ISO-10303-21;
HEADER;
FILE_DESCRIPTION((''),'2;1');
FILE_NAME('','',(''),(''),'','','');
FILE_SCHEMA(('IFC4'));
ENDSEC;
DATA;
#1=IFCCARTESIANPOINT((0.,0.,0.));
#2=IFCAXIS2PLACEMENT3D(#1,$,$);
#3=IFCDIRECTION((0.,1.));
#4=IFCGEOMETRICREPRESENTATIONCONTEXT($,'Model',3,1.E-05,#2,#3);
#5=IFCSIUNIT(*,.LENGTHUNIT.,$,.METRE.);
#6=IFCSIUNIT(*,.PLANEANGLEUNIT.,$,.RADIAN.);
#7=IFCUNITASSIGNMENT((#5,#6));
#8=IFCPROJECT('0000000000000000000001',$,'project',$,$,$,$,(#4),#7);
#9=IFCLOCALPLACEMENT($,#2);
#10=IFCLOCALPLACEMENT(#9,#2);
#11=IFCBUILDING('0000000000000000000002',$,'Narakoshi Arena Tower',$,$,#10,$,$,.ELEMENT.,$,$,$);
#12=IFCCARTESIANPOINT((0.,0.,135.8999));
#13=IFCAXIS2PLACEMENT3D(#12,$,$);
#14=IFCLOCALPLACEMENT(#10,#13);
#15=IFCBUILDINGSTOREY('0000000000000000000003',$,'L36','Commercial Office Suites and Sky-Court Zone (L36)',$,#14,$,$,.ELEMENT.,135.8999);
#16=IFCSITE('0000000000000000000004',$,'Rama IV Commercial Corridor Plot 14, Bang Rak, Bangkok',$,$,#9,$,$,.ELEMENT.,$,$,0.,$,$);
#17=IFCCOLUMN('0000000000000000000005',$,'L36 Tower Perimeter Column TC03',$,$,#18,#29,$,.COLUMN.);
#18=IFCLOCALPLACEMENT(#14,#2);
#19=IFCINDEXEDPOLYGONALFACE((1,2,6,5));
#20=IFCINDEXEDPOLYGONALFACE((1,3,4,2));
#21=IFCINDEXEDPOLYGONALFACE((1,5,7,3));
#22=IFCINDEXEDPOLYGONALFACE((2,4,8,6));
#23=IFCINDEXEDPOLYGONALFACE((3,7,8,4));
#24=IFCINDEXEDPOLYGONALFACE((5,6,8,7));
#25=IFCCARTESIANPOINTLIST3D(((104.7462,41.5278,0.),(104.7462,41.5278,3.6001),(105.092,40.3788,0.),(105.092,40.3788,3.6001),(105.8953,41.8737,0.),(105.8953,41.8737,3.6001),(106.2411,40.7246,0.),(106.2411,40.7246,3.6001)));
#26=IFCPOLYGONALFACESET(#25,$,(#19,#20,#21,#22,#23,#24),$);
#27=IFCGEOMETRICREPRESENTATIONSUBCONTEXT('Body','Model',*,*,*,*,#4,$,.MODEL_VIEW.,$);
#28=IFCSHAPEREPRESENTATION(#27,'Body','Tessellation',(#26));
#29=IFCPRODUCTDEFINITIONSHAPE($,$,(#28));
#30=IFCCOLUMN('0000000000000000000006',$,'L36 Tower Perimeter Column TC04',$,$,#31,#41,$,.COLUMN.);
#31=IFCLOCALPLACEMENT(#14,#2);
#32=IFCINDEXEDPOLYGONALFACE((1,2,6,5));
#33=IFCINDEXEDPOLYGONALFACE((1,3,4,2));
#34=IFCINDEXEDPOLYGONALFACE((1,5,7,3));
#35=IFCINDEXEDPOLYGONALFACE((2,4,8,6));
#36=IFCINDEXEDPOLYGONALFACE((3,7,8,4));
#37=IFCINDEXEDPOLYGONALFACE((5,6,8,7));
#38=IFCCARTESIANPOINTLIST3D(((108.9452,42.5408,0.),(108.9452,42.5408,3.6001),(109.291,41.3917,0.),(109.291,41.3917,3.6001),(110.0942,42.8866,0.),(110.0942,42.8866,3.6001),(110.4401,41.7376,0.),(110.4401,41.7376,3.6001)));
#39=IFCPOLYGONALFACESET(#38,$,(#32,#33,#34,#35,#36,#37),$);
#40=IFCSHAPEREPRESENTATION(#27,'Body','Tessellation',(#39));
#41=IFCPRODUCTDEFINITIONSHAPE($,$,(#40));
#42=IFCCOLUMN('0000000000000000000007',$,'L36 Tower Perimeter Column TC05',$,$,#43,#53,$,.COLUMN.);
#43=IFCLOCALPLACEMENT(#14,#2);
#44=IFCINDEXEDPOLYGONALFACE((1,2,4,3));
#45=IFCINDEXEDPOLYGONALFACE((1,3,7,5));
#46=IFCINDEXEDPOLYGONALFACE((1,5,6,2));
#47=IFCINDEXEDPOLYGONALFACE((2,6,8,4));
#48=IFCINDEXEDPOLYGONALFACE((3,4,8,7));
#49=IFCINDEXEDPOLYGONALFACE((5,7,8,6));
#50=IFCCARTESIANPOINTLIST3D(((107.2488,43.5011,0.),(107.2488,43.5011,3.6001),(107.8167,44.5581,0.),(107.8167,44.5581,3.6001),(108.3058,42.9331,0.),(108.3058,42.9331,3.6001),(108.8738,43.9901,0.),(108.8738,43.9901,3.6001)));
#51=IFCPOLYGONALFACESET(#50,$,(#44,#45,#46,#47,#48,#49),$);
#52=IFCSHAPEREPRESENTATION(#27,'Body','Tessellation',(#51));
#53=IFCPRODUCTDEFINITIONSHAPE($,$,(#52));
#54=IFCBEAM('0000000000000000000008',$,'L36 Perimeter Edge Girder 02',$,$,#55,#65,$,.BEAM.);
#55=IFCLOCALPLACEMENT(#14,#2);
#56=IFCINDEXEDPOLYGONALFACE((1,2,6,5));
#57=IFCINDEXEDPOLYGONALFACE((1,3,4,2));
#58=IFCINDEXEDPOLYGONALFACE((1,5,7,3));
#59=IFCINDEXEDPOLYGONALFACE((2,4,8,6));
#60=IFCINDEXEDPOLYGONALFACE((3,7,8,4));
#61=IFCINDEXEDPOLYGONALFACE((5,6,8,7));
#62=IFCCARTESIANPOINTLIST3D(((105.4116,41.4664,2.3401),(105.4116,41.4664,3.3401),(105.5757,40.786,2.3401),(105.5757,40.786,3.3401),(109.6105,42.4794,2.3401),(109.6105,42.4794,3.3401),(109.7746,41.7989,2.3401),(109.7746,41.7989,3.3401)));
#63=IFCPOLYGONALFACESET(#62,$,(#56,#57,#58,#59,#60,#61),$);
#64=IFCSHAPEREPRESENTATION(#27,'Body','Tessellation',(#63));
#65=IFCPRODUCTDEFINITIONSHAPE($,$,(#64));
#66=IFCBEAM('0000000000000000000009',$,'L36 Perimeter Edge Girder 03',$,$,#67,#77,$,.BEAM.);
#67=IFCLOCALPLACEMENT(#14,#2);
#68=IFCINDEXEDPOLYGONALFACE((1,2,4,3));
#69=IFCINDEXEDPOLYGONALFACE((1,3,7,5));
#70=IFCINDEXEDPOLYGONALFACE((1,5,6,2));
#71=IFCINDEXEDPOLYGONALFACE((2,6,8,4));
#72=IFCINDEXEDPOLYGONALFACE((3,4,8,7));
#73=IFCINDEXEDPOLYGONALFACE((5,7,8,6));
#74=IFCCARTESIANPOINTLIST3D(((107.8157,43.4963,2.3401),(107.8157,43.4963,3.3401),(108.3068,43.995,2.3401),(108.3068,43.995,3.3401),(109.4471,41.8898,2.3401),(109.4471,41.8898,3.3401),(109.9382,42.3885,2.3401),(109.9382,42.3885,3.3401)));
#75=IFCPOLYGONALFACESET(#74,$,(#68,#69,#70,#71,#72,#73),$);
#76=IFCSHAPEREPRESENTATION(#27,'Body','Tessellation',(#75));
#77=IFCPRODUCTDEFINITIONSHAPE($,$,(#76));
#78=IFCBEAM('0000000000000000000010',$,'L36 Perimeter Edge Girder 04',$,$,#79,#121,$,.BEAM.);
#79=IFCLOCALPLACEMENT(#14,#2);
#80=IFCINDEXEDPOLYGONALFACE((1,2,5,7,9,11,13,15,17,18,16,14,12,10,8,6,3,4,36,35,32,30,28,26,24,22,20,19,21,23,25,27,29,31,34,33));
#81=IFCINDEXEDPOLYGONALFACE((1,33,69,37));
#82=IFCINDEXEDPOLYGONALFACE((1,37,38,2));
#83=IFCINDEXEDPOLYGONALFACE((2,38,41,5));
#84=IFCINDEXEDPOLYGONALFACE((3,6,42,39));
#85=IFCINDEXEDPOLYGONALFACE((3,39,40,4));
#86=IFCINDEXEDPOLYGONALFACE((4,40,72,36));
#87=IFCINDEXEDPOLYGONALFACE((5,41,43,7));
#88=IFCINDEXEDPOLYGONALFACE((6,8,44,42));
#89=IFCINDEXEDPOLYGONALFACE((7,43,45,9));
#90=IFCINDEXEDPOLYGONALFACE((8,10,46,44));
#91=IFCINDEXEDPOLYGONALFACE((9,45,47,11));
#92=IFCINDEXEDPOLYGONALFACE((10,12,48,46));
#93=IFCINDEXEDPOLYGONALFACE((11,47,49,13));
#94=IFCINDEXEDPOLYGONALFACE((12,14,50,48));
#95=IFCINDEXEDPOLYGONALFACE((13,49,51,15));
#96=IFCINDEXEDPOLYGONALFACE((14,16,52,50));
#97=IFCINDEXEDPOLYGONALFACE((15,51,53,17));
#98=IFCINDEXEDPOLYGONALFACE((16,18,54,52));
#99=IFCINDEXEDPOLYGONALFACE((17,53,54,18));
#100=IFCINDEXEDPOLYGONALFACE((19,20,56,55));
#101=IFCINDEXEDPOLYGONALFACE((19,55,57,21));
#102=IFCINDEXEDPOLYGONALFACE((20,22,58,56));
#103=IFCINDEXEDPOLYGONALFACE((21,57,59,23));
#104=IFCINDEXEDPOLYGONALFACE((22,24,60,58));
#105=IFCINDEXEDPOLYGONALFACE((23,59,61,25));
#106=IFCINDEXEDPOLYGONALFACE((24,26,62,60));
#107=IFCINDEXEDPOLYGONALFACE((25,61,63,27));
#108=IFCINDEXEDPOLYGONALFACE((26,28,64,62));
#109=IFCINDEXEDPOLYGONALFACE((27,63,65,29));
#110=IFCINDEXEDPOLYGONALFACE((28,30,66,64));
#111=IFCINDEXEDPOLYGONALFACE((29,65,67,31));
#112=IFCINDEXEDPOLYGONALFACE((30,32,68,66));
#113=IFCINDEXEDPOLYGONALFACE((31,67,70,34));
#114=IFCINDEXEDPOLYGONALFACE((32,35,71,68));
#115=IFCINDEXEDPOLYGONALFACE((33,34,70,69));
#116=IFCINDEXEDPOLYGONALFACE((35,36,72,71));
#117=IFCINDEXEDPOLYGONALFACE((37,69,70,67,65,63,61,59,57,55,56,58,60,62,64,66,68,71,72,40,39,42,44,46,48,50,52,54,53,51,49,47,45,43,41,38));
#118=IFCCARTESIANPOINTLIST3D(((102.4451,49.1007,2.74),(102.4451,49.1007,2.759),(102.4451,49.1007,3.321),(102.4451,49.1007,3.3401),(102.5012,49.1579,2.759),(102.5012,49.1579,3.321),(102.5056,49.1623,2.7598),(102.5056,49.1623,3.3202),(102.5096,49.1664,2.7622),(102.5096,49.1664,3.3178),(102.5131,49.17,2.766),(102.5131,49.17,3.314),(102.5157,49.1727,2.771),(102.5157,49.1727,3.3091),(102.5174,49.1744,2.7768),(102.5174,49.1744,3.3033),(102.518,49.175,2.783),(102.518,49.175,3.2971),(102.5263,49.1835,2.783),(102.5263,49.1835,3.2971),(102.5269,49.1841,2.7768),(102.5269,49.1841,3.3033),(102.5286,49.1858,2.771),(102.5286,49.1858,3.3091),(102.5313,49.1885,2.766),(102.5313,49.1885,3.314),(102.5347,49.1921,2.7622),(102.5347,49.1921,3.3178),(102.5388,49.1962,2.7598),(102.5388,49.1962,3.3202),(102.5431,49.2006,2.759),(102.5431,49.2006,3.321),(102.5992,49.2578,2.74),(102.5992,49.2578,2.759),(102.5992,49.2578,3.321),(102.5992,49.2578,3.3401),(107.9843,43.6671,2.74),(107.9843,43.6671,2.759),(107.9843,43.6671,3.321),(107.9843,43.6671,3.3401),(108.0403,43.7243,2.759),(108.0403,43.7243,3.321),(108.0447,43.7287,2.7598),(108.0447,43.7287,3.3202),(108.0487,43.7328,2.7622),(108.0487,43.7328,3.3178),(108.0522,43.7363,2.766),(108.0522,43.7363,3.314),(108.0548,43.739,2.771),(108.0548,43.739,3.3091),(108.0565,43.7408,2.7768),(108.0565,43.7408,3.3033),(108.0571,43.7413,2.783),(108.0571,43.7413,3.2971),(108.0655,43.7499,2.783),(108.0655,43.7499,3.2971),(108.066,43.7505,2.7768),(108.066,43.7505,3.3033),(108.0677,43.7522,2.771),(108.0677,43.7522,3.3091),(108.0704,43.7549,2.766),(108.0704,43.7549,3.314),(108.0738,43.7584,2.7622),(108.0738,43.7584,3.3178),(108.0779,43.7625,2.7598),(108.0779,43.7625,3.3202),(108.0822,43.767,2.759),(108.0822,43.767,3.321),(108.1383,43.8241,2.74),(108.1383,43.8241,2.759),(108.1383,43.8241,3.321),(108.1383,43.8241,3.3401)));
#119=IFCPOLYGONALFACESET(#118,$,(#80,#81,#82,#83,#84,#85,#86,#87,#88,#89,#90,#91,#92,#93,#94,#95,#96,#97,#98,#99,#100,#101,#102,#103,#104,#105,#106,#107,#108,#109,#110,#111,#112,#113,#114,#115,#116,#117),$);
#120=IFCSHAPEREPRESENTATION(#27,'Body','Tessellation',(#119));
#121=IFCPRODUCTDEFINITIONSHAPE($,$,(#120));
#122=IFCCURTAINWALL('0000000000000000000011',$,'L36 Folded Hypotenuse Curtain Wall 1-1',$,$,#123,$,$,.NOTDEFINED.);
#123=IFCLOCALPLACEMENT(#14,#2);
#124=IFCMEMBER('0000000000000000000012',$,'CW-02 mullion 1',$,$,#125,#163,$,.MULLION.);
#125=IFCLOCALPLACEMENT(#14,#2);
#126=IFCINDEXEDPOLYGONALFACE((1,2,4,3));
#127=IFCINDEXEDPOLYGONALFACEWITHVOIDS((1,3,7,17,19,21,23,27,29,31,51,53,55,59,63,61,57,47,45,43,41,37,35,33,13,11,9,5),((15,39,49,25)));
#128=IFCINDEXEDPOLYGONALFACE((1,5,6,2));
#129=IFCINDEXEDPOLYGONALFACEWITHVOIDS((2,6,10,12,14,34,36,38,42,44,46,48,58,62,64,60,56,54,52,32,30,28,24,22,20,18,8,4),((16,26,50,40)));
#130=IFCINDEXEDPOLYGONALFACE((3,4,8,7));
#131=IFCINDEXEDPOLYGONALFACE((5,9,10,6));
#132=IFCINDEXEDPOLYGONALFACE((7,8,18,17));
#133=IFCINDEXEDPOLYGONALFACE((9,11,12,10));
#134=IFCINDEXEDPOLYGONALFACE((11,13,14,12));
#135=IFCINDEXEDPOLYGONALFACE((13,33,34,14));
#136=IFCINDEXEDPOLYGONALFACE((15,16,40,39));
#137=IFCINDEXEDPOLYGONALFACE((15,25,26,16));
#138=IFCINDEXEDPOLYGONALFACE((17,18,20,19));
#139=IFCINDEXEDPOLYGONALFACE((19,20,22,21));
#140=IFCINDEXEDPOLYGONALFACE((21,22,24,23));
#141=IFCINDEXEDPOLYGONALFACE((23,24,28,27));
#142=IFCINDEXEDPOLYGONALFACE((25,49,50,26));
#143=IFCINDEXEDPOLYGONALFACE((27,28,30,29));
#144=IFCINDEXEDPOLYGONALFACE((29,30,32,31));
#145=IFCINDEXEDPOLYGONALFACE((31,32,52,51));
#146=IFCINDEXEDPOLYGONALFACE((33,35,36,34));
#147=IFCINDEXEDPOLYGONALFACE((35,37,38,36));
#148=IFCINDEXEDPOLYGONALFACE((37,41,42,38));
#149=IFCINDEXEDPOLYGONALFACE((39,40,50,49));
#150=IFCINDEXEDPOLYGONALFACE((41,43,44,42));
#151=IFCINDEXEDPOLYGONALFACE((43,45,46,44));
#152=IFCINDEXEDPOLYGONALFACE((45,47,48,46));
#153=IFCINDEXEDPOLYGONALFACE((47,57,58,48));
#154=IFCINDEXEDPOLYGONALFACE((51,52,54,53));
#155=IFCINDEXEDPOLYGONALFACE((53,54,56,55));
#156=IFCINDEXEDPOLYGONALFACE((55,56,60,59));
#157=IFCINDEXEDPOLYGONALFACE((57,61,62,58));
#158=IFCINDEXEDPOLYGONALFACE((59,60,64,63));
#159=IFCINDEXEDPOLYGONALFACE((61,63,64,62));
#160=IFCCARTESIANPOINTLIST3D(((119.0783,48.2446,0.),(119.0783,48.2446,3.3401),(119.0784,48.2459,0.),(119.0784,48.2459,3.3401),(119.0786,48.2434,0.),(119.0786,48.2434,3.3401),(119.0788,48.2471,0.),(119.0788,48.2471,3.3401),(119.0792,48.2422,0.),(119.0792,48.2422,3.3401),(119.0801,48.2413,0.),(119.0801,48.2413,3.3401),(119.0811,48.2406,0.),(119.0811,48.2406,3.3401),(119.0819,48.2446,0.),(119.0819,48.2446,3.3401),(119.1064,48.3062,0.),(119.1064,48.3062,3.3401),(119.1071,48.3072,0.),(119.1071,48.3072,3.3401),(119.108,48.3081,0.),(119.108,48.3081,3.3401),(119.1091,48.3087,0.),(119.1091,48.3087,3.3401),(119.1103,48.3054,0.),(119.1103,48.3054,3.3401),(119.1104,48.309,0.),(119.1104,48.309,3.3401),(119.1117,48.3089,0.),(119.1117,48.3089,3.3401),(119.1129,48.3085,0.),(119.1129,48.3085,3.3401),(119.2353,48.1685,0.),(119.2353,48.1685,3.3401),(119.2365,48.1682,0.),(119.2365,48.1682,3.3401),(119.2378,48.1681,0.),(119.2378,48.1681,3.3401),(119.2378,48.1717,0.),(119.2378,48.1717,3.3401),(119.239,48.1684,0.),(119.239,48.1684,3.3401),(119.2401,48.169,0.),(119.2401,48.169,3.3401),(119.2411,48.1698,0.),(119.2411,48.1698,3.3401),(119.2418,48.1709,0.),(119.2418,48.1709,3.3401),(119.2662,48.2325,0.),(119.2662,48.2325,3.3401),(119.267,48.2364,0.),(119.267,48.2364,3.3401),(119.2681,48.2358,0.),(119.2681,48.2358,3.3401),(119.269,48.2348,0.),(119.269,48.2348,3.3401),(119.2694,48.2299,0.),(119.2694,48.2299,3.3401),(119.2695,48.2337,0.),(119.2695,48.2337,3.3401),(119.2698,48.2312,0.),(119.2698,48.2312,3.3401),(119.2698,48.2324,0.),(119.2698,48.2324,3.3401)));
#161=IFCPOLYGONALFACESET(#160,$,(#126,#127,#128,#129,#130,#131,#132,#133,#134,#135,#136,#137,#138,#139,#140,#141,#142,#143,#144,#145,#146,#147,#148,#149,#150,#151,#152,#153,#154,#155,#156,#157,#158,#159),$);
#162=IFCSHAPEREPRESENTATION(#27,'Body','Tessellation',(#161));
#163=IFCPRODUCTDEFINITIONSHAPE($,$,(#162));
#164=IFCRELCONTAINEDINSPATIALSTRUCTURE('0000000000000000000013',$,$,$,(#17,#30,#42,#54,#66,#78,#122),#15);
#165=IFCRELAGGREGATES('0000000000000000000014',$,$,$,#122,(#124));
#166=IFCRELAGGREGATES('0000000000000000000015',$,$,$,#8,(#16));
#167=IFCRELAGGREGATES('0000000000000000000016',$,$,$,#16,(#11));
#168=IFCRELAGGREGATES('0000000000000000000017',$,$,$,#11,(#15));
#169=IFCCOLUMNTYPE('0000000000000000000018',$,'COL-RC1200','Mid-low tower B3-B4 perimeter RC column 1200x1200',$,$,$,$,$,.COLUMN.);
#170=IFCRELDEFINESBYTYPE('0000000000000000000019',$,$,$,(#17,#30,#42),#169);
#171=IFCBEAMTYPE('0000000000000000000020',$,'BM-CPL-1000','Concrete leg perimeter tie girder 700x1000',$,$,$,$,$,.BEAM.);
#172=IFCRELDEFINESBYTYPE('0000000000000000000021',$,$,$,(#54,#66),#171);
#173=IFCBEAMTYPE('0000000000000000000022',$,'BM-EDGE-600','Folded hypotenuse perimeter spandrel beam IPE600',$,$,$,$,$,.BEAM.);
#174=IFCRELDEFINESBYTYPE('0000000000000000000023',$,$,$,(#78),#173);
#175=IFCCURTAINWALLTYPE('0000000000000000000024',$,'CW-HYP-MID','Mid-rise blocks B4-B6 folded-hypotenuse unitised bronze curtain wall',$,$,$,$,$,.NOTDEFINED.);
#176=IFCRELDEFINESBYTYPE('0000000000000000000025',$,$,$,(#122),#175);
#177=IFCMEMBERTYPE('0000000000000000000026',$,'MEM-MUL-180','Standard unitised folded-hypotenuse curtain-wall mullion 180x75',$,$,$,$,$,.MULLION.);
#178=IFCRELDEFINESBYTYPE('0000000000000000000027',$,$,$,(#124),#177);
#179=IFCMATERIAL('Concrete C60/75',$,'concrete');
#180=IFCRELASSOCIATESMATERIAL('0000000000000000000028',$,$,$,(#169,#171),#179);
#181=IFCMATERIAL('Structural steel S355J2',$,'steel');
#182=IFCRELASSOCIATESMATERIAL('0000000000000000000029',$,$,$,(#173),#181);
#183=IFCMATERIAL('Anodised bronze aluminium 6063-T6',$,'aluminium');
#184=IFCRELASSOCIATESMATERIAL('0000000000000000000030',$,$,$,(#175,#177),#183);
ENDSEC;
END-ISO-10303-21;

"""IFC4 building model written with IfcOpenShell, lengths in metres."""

from ifc_helpers import new_model, si_unit, direction, frame, origin, origin_2d, place, context, subcontext, project, spatial, rectangle, hollow_rectangle, i_section, extrude, material, material_profile, profile_set, type_object, element, aggregate, save


model = new_model("IFC4")

# Units and contexts
model_context = context("Model", 3, precision=1e-05, world=origin(), true_north=direction((0.0, 1.0)))
body_context = subcontext(model_context, "Body", "Model", "MODEL_VIEW")
ifc_project = project(units=[si_unit("LENGTHUNIT", "METRE"), si_unit("PLANEANGLEUNIT", "RADIAN")], contexts=[model_context])

# Site, building, storey
site_placement = place(None, origin())
site = spatial("IfcSite", under=ifc_project, at=site_placement, Name="Rama IV Commercial Corridor Plot 14, Bang Rak, Bangkok", CompositionType="ELEMENT", RefElevation=0.0)
building_placement = place(site_placement, origin())
building = spatial("IfcBuilding", under=site, at=building_placement, Name="Narakoshi Arena Tower", CompositionType="ELEMENT")
storey_placement = place(building_placement, frame((0.0, 0.0, 135.8999)))
storey = spatial("IfcBuildingStorey", under=building, at=storey_placement, Name="L36", Description="Commercial Office Suites and Sky-Court Zone (L36)", CompositionType="ELEMENT", Elevation=135.8999)

# Columns
ifc_material_1 = material(Name="Concrete C60/75", Category="concrete")
ifc_material_profile_1 = material_profile(ifc_material_1, rectangle(XDim=1.2, YDim=1.2, at=origin_2d()), Name="RC1200x1200")
ifc_profile_set_1 = profile_set([ifc_material_profile_1], Name="Concrete C60/75")
column_type = type_object("IfcColumnType", Name="COL-RC1200", Description="Mid-low tower B3-B4 perimeter RC column 1200x1200", PredefinedType="COLUMN", material=ifc_profile_set_1)
for number, where, z_axis, x_axis, name in (
    (1, (105.4937, 41.1262, 0.0), (0.0, 0.0, 1.0), (0.957571, 0.288196, 0.0), "L36 Tower Perimeter Column TC03"),
    (2, (109.6926, 42.1392, 0.0), (0.0, 0.0, 1.0), (0.957571, 0.288196, 0.0), "L36 Tower Perimeter Column TC04"),
    (3, (108.0613, 43.7456, 0.0), (0.0, 0.0, 1.0), (0.47332, 0.880891, 0.0), "L36 Tower Perimeter Column TC05"),
):
    element("IfcColumn", number, at=place(storey_placement, frame(where, z_axis=z_axis, x_axis=x_axis)), inside=storey, type_object=column_type, Name=name, PredefinedType="COLUMN", context=body_context, shape_type="SweptSolid", body=[
        extrude(rectangle(XDim=1.2, YDim=1.2, at=origin_2d()), origin(), (0.0, 0.0, 1.0), 3.6001),
    ])

# Beams
ifc_material_profile_2 = material_profile(ifc_material_1, rectangle(XDim=0.7, YDim=1.0, at=origin_2d()), Name="RCB700x1000")
ifc_profile_set_2 = profile_set([ifc_material_profile_2], Name="Concrete C60/75")
beam_type_1 = type_object("IfcBeamType", Name="BM-CPL-1000", Description="Concrete leg perimeter tie girder 700x1000", PredefinedType="BEAM", material=ifc_profile_set_2)
beam_1_placement = place(storey_placement, frame((105.4937, 41.1262, 2.8401), z_axis=(0.972114, 0.234508, 0.0), x_axis=(-0.234508, 0.972114, 0.0)))
element("IfcBeam", 4, at=beam_1_placement, inside=storey, type_object=beam_type_1, Name="L36 Perimeter Edge Girder 02", PredefinedType="BEAM", context=body_context, shape_type="SweptSolid", body=[
    extrude(rectangle(XDim=0.7, YDim=1.0, at=origin_2d()), origin(), (0.0, 0.0, 1.0), 4.3193),
])
beam_2_placement = place(storey_placement, frame((109.6926, 42.1392, 2.8401), z_axis=(-0.712524, 0.701648, 0.0), x_axis=(-0.701648, -0.712524, 0.0)))
element("IfcBeam", 5, at=beam_2_placement, inside=storey, type_object=beam_type_1, Name="L36 Perimeter Edge Girder 03", PredefinedType="BEAM", context=body_context, shape_type="SweptSolid", body=[
    extrude(rectangle(XDim=0.7, YDim=1.0, at=origin_2d()), origin(), (0.0, 0.0, 1.0), 2.2896),
])
ifc_material_2 = material(Name="Structural steel S355J2", Category="steel")
ifc_material_profile_3 = material_profile(ifc_material_2, i_section(OverallWidth=0.22, OverallDepth=0.6001, WebThickness=0.012, FlangeThickness=0.019, FilletRadius=0.0239, at=origin_2d()), Name="IPE600")
ifc_profile_set_3 = profile_set([ifc_material_profile_3], Name="Structural steel S355J2")
beam_type_2 = type_object("IfcBeamType", Name="BM-EDGE-600", Description="Folded hypotenuse perimeter spandrel beam IPE600", PredefinedType="BEAM", material=ifc_profile_set_3)
beam_3_placement = place(storey_placement, frame((108.0613, 43.7456, 3.04), z_axis=(-0.71387, 0.700278, 0.0), x_axis=(-0.700278, -0.71387, 0.0)))
element("IfcBeam", 6, at=beam_3_placement, inside=storey, type_object=beam_type_2, Name="L36 Perimeter Edge Girder 04", PredefinedType="BEAM", context=body_context, shape_type="SweptSolid", body=[
    extrude(i_section(OverallWidth=0.22, OverallDepth=0.6001, WebThickness=0.012, FlangeThickness=0.019, FilletRadius=0.0239, at=origin_2d()), origin(), (0.0, 0.0, 1.0), 7.7593),
])

# Curtain wall, member
ifc_material_3 = material(Name="Anodised bronze aluminium 6063-T6", Category="aluminium")
curtain_wall_type = type_object("IfcCurtainWallType", Name="CW-HYP-MID", Description="Mid-rise blocks B4-B6 folded-hypotenuse unitised bronze curtain wall", PredefinedType="NOTDEFINED", material=ifc_material_3)
curtain_wall_placement = place(storey_placement, origin())
curtain_wall = element("IfcCurtainWall", 7, at=curtain_wall_placement, inside=storey, type_object=curtain_wall_type, Name="L36 Folded Hypotenuse Curtain Wall 1-1", PredefinedType="NOTDEFINED")
ifc_material_profile_4 = material_profile(ifc_material_3, hollow_rectangle(XDim=0.075, YDim=0.1799, WallThickness=0.0039, OuterFilletRadius=0.0049, at=origin_2d()), Name="MUL180x75x4")
ifc_profile_set_4 = profile_set([ifc_material_profile_4], Name="Anodised bronze aluminium 6063-T6")
member_type_1 = type_object("IfcMemberType", Name="MEM-MUL-180", Description="Standard unitised folded-hypotenuse curtain-wall mullion 180x75", PredefinedType="MULLION", material=ifc_profile_set_4)
member_1_placement = place(storey_placement, frame((119.1741, 48.2385, 0.0), z_axis=(0.0, 0.0, 1.0), x_axis=(-0.423532, -0.905881, 0.0)))
member_1 = element("IfcMember", 8, at=member_1_placement, type_object=member_type_1, Name="CW-02 mullion 1", PredefinedType="MULLION", context=body_context, shape_type="SweptSolid", body=[
    extrude(hollow_rectangle(XDim=0.075, YDim=0.1799, WallThickness=0.0039, OuterFilletRadius=0.0049, at=origin_2d()), origin(), (0.0, 0.0, 1.0), 3.3401),
])
aggregate(curtain_wall, [member_1])

save(model, "model.ifc")
